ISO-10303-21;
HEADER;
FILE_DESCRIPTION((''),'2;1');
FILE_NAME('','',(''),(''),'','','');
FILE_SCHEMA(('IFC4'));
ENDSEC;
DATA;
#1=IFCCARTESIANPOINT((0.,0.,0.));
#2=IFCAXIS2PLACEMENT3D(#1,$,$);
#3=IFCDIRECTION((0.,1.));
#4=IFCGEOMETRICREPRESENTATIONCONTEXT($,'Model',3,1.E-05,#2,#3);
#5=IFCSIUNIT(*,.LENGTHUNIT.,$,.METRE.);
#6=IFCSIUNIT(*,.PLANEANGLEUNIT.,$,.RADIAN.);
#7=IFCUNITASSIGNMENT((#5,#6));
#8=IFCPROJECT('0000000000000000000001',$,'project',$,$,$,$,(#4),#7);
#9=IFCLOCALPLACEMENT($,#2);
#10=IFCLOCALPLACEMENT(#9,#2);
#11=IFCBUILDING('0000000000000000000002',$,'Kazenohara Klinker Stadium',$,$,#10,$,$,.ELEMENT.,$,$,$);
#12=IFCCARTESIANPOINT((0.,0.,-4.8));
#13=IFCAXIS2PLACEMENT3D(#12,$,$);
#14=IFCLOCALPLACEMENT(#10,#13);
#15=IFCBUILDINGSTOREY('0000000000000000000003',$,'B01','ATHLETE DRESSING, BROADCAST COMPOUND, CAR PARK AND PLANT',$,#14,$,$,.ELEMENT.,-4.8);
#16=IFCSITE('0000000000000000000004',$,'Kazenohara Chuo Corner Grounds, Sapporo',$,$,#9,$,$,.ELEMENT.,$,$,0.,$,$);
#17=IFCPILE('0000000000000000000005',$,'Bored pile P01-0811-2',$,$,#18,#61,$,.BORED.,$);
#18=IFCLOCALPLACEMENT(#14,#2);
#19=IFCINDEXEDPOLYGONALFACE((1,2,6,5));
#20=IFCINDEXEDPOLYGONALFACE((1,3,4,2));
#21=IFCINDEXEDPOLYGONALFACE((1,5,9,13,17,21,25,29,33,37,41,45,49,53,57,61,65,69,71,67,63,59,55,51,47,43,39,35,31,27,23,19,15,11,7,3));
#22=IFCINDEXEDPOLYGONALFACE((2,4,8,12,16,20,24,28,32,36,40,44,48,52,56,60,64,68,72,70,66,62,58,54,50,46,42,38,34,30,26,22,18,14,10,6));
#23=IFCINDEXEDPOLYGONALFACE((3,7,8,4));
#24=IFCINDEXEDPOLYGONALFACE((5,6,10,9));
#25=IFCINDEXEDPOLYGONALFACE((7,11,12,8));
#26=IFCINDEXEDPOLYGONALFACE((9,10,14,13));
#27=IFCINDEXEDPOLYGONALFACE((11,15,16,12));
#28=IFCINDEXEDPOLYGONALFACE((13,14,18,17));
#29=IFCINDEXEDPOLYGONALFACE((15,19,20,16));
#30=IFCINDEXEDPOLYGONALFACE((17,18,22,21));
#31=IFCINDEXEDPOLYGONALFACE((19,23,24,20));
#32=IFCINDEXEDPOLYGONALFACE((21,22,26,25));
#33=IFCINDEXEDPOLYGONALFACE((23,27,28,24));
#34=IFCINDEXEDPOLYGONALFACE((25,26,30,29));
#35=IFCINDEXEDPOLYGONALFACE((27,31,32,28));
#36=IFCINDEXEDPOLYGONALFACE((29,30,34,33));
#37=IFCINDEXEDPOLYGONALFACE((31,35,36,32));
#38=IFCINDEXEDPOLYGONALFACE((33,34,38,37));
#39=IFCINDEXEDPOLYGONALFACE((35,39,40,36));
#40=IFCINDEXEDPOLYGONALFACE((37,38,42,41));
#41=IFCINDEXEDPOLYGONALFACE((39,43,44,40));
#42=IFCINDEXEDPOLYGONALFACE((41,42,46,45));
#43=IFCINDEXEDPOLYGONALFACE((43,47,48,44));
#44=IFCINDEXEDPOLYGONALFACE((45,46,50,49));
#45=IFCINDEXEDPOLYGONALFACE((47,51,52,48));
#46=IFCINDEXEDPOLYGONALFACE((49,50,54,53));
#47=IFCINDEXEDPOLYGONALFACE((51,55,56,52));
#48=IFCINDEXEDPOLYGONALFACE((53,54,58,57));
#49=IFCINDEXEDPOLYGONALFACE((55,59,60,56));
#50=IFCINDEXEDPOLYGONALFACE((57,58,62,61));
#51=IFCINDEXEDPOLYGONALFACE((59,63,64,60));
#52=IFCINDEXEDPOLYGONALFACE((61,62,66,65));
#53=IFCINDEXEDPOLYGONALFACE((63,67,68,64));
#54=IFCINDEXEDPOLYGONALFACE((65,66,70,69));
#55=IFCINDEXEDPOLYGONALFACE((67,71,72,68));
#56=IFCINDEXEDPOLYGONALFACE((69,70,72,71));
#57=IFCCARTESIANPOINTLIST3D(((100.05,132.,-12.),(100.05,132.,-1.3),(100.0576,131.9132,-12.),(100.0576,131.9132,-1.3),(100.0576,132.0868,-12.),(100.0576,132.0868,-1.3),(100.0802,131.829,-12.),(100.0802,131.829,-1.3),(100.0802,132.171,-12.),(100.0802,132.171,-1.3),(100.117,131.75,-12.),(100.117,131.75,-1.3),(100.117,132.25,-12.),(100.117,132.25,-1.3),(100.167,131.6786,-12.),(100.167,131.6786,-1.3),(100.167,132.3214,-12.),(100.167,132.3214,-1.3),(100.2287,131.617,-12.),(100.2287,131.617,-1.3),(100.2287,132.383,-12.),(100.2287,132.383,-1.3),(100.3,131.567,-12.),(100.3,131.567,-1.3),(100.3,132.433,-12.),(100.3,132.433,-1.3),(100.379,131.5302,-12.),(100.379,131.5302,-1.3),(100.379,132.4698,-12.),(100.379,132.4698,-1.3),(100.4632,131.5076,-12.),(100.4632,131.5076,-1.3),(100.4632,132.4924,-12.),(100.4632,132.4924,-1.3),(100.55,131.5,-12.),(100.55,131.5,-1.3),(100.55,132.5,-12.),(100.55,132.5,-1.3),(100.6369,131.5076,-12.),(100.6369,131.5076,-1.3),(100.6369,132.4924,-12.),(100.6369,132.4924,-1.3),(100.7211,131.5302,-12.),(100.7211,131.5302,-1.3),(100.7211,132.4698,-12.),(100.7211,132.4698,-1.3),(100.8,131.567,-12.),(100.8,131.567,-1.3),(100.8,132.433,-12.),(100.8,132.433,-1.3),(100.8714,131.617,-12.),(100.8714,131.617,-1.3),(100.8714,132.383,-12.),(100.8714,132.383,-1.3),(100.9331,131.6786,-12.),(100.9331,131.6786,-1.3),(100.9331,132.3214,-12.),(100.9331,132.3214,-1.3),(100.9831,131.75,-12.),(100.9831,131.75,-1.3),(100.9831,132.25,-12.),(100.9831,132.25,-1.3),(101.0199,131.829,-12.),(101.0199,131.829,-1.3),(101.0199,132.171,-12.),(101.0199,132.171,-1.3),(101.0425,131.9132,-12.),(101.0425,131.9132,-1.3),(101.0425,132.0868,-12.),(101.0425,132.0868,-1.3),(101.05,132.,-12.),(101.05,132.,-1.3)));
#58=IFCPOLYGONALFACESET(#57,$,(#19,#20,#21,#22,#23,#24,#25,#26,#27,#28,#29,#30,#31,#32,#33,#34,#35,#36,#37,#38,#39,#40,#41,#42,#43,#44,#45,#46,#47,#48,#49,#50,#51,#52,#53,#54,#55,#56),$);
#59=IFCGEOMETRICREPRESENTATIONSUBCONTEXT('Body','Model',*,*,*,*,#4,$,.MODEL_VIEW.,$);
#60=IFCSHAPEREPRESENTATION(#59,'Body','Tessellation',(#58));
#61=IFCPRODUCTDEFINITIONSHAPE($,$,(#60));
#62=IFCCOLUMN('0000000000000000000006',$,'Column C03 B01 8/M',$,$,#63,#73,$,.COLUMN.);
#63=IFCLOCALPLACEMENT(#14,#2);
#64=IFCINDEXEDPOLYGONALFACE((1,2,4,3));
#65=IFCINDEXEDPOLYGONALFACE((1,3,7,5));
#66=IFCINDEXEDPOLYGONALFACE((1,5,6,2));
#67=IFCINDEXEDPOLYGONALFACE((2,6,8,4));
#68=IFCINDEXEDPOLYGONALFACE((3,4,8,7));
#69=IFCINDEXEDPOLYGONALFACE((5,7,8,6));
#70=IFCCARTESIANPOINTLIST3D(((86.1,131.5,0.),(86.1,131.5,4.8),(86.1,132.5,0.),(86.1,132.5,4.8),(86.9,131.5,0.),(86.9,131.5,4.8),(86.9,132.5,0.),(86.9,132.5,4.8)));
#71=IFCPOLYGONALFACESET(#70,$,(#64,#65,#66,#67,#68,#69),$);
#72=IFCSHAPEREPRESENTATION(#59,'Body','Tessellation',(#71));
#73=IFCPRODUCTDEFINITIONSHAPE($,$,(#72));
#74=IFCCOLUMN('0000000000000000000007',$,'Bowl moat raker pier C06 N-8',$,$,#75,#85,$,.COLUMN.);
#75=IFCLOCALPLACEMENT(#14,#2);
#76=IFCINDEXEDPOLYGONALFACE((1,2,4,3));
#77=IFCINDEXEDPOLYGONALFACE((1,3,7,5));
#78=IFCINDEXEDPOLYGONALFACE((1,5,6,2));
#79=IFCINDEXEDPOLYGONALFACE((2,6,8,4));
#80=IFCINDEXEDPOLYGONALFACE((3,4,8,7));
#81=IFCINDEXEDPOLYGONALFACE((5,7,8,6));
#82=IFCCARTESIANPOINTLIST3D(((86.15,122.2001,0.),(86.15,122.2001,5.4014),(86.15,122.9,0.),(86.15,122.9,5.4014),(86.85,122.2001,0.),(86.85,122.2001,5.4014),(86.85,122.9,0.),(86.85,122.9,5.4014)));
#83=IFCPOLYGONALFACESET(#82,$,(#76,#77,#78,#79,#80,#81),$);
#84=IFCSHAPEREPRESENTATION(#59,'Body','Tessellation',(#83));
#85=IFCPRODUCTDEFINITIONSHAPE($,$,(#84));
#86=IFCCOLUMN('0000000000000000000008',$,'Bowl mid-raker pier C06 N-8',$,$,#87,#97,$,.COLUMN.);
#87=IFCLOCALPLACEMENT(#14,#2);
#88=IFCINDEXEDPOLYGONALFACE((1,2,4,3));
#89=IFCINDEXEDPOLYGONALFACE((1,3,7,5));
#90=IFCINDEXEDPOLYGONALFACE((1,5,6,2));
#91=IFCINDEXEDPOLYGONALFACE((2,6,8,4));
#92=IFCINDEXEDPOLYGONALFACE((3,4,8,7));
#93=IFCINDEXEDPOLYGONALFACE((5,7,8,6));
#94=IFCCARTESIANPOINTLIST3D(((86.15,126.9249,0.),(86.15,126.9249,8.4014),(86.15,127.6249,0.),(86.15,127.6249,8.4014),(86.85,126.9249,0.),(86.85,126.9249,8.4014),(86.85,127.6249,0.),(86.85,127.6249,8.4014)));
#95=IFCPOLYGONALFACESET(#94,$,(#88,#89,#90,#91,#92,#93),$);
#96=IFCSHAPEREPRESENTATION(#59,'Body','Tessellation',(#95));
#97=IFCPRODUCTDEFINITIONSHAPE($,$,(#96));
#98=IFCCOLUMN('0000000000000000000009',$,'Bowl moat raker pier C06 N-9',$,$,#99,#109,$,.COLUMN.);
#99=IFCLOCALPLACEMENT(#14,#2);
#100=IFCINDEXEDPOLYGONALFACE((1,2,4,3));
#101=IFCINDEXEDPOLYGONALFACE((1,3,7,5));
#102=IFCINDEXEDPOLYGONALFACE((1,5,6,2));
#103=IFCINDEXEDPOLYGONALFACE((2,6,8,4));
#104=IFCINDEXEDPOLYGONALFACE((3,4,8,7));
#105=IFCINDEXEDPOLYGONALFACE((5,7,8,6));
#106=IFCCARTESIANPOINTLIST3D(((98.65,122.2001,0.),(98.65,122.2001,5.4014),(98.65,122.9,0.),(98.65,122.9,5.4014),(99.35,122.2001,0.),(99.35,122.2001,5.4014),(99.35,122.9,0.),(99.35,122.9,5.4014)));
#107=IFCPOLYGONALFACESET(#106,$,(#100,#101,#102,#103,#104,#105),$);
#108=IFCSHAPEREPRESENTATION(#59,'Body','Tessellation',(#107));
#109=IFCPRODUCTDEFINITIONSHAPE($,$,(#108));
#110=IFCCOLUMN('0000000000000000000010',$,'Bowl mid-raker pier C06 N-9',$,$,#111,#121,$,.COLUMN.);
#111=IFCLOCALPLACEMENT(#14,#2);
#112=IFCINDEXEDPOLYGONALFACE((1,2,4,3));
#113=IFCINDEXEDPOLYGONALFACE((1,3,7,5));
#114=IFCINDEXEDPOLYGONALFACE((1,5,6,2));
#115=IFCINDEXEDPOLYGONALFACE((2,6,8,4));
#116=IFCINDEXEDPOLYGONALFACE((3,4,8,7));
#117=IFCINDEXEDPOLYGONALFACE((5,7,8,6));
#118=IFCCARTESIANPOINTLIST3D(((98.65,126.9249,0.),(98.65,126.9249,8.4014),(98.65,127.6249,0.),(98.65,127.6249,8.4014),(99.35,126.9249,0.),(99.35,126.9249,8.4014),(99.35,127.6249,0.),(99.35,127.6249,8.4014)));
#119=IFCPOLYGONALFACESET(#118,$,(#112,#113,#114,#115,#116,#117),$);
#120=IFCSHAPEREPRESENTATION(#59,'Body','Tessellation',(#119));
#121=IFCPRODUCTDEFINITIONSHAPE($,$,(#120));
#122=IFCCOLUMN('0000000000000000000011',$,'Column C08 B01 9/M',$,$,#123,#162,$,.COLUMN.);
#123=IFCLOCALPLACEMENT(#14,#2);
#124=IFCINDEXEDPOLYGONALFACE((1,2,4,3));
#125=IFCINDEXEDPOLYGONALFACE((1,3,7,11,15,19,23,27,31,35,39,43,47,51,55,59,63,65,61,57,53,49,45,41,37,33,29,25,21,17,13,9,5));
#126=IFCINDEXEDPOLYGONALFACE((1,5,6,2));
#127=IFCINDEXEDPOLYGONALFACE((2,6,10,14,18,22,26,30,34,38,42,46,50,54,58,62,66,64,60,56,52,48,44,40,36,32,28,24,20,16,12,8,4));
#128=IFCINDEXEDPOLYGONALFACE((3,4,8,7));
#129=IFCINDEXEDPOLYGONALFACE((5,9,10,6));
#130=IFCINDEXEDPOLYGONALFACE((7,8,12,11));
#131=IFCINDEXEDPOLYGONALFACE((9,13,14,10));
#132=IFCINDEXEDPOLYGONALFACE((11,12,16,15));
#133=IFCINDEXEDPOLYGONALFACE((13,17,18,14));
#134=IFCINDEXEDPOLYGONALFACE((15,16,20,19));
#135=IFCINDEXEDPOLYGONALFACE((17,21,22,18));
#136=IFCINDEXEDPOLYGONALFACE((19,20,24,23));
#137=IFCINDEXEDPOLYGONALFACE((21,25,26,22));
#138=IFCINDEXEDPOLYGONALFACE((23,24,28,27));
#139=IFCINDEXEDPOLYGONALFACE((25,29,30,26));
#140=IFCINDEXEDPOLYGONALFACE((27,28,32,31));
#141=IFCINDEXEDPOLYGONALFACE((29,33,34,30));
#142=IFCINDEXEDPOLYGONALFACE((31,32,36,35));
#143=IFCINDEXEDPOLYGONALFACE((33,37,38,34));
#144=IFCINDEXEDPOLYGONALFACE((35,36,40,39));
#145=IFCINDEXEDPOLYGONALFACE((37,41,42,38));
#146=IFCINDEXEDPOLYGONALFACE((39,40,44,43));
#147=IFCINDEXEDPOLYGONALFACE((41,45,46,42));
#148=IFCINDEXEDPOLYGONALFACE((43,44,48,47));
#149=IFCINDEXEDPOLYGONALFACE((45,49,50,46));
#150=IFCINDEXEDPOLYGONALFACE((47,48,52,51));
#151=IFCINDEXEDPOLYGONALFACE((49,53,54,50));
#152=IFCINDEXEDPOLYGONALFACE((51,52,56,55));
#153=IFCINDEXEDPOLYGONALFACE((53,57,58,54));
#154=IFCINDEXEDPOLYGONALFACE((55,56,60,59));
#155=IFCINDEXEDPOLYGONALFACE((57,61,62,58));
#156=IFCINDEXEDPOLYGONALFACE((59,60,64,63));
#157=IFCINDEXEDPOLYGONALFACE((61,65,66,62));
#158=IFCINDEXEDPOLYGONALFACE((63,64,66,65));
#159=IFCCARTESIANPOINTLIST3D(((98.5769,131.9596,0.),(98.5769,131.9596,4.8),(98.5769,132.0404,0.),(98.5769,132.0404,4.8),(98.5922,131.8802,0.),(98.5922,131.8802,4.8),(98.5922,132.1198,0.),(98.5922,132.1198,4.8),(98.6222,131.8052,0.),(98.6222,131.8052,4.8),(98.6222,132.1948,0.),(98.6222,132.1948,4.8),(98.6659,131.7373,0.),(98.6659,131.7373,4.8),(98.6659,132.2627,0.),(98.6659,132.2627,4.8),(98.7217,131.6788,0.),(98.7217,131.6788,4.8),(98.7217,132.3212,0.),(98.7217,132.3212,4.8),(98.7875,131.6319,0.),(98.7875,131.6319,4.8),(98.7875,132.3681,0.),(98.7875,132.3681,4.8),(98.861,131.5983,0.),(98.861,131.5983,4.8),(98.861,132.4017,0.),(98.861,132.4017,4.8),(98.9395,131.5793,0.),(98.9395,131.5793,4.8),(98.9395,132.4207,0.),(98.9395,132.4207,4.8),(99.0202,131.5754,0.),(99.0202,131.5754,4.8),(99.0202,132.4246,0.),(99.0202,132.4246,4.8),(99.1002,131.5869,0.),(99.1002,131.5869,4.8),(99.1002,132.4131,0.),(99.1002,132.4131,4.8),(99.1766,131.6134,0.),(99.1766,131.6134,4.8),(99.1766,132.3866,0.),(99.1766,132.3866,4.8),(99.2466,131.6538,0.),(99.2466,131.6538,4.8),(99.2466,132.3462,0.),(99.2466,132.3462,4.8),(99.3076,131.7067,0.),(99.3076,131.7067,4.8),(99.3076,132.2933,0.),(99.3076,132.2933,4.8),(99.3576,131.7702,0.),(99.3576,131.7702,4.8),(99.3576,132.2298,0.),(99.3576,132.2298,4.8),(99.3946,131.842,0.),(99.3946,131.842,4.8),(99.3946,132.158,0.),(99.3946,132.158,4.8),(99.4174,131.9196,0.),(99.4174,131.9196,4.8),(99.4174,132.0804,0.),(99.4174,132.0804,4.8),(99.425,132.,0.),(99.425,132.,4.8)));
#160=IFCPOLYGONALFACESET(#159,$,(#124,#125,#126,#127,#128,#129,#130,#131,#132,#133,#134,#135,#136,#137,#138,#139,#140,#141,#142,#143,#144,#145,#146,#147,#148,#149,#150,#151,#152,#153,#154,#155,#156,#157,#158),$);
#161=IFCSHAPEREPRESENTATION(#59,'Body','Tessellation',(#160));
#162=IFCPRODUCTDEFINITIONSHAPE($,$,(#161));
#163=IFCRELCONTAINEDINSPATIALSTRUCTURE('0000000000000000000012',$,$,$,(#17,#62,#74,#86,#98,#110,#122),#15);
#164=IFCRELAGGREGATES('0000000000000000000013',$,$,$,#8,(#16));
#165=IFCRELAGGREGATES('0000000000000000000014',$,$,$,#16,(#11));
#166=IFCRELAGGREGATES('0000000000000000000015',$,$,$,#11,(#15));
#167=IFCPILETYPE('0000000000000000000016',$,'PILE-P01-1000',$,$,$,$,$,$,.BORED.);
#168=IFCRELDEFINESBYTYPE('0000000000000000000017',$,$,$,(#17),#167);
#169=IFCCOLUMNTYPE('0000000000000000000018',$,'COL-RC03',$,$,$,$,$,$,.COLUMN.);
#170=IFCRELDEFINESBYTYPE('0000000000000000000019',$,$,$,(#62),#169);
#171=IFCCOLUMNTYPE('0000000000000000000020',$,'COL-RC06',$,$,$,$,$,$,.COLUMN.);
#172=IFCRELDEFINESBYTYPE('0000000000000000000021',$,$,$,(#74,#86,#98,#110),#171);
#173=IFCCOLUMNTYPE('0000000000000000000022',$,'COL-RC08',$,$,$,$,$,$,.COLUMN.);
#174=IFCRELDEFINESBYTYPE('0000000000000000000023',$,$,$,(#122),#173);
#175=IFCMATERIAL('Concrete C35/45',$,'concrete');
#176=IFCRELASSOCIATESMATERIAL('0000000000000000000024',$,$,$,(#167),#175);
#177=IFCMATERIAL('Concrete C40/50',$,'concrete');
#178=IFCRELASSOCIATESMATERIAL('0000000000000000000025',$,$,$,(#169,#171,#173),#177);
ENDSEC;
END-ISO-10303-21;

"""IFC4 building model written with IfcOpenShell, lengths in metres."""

from ifc_helpers import new_model, si_unit, direction, frame, origin, origin_2d, place, context, subcontext, project, spatial, rectangle, circle, extrude, material, material_profile, profile_set, type_object, element, save


model = new_model("IFC4")

# Units and contexts
model_context = context("Model", 3, precision=1e-05, world=origin(), true_north=direction((0.0, 1.0)))
body_context = subcontext(model_context, "Body", "Model", "MODEL_VIEW")
ifc_project = project(units=[si_unit("LENGTHUNIT", "METRE"), si_unit("PLANEANGLEUNIT", "RADIAN")], contexts=[model_context])

# Site, building, storey
site_placement = place(None, origin())
site = spatial("IfcSite", under=ifc_project, at=site_placement, Name="Kazenohara Chuo Corner Grounds, Sapporo", CompositionType="ELEMENT", RefElevation=0.0)
building_placement = place(site_placement, origin())
building = spatial("IfcBuilding", under=site, at=building_placement, Name="Kazenohara Klinker Stadium", CompositionType="ELEMENT")
storey_placement = place(building_placement, frame((0.0, 0.0, -4.8)))
storey = spatial("IfcBuildingStorey", under=building, at=storey_placement, Name="B01", Description="ATHLETE DRESSING, BROADCAST COMPOUND, CAR PARK AND PLANT", CompositionType="ELEMENT", Elevation=-4.8)

# Shared definitions
ifc_material_1 = material(Name="Concrete C35/45", Category="concrete")

# Pile
ifc_material_profile_1 = material_profile(ifc_material_1, circle(Radius=0.5, at=origin_2d()), Name="BORED-PILE-1000")
ifc_profile_set_1 = profile_set([ifc_material_profile_1], Name="Concrete C35/45")
pile_type = type_object("IfcPileType", Name="PILE-P01-1000", PredefinedType="BORED", material=ifc_profile_set_1)
for number, where, z_axis, x_axis, name in (
    (1, (100.55, 132.0, -1.3), (0.0, 0.0, -1.0), (1.0, 0.0, 0.0), "Bored pile P01-0811-2"),
):
    element("IfcPile", number, at=place(storey_placement, frame(where, z_axis=z_axis, x_axis=x_axis)), inside=storey, type_object=pile_type, Name=name, PredefinedType="BORED", context=body_context, shape_type="SweptSolid", body=[
        extrude(circle(Radius=0.5, at=origin_2d()), origin(), (0.0, 0.0, 1.0), 10.7),
    ])

# Columns
ifc_material_2 = material(Name="Concrete C40/50", Category="concrete")
ifc_material_profile_2 = material_profile(ifc_material_2, rectangle(XDim=0.8, YDim=1.0, at=origin_2d()), Name="RC-COL-1000x800")
ifc_profile_set_2 = profile_set([ifc_material_profile_2], Name="Concrete C40/50")
column_type_1 = type_object("IfcColumnType", Name="COL-RC03", PredefinedType="COLUMN", material=ifc_profile_set_2)
column_1_placement = place(storey_placement, frame((86.5, 132.0, 0.0), z_axis=(0.0, 0.0, 1.0), x_axis=(1.0, 0.0, 0.0)))
element("IfcColumn", 2, at=column_1_placement, inside=storey, type_object=column_type_1, Name="Column C03 B01 8/M", PredefinedType="COLUMN", context=body_context, shape_type="SweptSolid", body=[
    extrude(rectangle(XDim=0.8, YDim=1.0, at=origin_2d()), origin(), (0.0, 0.0, 1.0), 4.8),
])
ifc_material_profile_3 = material_profile(ifc_material_2, rectangle(XDim=0.7, YDim=0.7, at=origin_2d()), Name="RC-COL-700x700")
ifc_profile_set_3 = profile_set([ifc_material_profile_3], Name="Concrete C40/50")
column_type_2 = type_object("IfcColumnType", Name="COL-RC06", PredefinedType="COLUMN", material=ifc_profile_set_3)
column_2_placement = place(storey_placement, frame((86.5, 122.55, 0.0), z_axis=(0.0, 0.0, 1.0), x_axis=(1.0, 0.0, 0.0)))
element("IfcColumn", 3, at=column_2_placement, inside=storey, type_object=column_type_2, Name="Bowl moat raker pier C06 N-8", PredefinedType="COLUMN", context=body_context, shape_type="SweptSolid", body=[
    extrude(rectangle(XDim=0.7, YDim=0.7, at=origin_2d()), origin(), (0.0, 0.0, 1.0), 5.4014),
])
column_3_placement = place(storey_placement, frame((86.5, 127.2749, 0.0), z_axis=(0.0, 0.0, 1.0), x_axis=(1.0, 0.0, 0.0)))
element("IfcColumn", 4, at=column_3_placement, inside=storey, type_object=column_type_2, Name="Bowl mid-raker pier C06 N-8", PredefinedType="COLUMN", context=body_context, shape_type="SweptSolid", body=[
    extrude(rectangle(XDim=0.7, YDim=0.7, at=origin_2d()), origin(), (0.0, 0.0, 1.0), 8.4014),
])
column_4_placement = place(storey_placement, frame((99.0, 122.55, 0.0), z_axis=(0.0, 0.0, 1.0), x_axis=(1.0, 0.0, 0.0)))
element("IfcColumn", 5, at=column_4_placement, inside=storey, type_object=column_type_2, Name="Bowl moat raker pier C06 N-9", PredefinedType="COLUMN", context=body_context, shape_type="SweptSolid", body=[
    extrude(rectangle(XDim=0.7, YDim=0.7, at=origin_2d()), origin(), (0.0, 0.0, 1.0), 5.4014),
])
column_5_placement = place(storey_placement, frame((99.0, 127.2749, 0.0), z_axis=(0.0, 0.0, 1.0), x_axis=(1.0, 0.0, 0.0)))
element("IfcColumn", 6, at=column_5_placement, inside=storey, type_object=column_type_2, Name="Bowl mid-raker pier C06 N-9", PredefinedType="COLUMN", context=body_context, shape_type="SweptSolid", body=[
    extrude(rectangle(XDim=0.7, YDim=0.7, at=origin_2d()), origin(), (0.0, 0.0, 1.0), 8.4014),
])
ifc_material_profile_4 = material_profile(ifc_material_2, circle(Radius=0.425, at=origin_2d()), Name="RC-COL-D850")
ifc_profile_set_4 = profile_set([ifc_material_profile_4], Name="Concrete C40/50")
column_type_3 = type_object("IfcColumnType", Name="COL-RC08", PredefinedType="COLUMN", material=ifc_profile_set_4)
column_6_placement = place(storey_placement, frame((99.0, 132.0, 0.0), z_axis=(0.0, 0.0, 1.0), x_axis=(1.0, 0.0, 0.0)))
element("IfcColumn", 7, at=column_6_placement, inside=storey, type_object=column_type_3, Name="Column C08 B01 9/M", PredefinedType="COLUMN", context=body_context, shape_type="SweptSolid", body=[
    extrude(circle(Radius=0.425, at=origin_2d()), origin(), (0.0, 0.0, 1.0), 4.8),
])

save(model, "model.ifc")
